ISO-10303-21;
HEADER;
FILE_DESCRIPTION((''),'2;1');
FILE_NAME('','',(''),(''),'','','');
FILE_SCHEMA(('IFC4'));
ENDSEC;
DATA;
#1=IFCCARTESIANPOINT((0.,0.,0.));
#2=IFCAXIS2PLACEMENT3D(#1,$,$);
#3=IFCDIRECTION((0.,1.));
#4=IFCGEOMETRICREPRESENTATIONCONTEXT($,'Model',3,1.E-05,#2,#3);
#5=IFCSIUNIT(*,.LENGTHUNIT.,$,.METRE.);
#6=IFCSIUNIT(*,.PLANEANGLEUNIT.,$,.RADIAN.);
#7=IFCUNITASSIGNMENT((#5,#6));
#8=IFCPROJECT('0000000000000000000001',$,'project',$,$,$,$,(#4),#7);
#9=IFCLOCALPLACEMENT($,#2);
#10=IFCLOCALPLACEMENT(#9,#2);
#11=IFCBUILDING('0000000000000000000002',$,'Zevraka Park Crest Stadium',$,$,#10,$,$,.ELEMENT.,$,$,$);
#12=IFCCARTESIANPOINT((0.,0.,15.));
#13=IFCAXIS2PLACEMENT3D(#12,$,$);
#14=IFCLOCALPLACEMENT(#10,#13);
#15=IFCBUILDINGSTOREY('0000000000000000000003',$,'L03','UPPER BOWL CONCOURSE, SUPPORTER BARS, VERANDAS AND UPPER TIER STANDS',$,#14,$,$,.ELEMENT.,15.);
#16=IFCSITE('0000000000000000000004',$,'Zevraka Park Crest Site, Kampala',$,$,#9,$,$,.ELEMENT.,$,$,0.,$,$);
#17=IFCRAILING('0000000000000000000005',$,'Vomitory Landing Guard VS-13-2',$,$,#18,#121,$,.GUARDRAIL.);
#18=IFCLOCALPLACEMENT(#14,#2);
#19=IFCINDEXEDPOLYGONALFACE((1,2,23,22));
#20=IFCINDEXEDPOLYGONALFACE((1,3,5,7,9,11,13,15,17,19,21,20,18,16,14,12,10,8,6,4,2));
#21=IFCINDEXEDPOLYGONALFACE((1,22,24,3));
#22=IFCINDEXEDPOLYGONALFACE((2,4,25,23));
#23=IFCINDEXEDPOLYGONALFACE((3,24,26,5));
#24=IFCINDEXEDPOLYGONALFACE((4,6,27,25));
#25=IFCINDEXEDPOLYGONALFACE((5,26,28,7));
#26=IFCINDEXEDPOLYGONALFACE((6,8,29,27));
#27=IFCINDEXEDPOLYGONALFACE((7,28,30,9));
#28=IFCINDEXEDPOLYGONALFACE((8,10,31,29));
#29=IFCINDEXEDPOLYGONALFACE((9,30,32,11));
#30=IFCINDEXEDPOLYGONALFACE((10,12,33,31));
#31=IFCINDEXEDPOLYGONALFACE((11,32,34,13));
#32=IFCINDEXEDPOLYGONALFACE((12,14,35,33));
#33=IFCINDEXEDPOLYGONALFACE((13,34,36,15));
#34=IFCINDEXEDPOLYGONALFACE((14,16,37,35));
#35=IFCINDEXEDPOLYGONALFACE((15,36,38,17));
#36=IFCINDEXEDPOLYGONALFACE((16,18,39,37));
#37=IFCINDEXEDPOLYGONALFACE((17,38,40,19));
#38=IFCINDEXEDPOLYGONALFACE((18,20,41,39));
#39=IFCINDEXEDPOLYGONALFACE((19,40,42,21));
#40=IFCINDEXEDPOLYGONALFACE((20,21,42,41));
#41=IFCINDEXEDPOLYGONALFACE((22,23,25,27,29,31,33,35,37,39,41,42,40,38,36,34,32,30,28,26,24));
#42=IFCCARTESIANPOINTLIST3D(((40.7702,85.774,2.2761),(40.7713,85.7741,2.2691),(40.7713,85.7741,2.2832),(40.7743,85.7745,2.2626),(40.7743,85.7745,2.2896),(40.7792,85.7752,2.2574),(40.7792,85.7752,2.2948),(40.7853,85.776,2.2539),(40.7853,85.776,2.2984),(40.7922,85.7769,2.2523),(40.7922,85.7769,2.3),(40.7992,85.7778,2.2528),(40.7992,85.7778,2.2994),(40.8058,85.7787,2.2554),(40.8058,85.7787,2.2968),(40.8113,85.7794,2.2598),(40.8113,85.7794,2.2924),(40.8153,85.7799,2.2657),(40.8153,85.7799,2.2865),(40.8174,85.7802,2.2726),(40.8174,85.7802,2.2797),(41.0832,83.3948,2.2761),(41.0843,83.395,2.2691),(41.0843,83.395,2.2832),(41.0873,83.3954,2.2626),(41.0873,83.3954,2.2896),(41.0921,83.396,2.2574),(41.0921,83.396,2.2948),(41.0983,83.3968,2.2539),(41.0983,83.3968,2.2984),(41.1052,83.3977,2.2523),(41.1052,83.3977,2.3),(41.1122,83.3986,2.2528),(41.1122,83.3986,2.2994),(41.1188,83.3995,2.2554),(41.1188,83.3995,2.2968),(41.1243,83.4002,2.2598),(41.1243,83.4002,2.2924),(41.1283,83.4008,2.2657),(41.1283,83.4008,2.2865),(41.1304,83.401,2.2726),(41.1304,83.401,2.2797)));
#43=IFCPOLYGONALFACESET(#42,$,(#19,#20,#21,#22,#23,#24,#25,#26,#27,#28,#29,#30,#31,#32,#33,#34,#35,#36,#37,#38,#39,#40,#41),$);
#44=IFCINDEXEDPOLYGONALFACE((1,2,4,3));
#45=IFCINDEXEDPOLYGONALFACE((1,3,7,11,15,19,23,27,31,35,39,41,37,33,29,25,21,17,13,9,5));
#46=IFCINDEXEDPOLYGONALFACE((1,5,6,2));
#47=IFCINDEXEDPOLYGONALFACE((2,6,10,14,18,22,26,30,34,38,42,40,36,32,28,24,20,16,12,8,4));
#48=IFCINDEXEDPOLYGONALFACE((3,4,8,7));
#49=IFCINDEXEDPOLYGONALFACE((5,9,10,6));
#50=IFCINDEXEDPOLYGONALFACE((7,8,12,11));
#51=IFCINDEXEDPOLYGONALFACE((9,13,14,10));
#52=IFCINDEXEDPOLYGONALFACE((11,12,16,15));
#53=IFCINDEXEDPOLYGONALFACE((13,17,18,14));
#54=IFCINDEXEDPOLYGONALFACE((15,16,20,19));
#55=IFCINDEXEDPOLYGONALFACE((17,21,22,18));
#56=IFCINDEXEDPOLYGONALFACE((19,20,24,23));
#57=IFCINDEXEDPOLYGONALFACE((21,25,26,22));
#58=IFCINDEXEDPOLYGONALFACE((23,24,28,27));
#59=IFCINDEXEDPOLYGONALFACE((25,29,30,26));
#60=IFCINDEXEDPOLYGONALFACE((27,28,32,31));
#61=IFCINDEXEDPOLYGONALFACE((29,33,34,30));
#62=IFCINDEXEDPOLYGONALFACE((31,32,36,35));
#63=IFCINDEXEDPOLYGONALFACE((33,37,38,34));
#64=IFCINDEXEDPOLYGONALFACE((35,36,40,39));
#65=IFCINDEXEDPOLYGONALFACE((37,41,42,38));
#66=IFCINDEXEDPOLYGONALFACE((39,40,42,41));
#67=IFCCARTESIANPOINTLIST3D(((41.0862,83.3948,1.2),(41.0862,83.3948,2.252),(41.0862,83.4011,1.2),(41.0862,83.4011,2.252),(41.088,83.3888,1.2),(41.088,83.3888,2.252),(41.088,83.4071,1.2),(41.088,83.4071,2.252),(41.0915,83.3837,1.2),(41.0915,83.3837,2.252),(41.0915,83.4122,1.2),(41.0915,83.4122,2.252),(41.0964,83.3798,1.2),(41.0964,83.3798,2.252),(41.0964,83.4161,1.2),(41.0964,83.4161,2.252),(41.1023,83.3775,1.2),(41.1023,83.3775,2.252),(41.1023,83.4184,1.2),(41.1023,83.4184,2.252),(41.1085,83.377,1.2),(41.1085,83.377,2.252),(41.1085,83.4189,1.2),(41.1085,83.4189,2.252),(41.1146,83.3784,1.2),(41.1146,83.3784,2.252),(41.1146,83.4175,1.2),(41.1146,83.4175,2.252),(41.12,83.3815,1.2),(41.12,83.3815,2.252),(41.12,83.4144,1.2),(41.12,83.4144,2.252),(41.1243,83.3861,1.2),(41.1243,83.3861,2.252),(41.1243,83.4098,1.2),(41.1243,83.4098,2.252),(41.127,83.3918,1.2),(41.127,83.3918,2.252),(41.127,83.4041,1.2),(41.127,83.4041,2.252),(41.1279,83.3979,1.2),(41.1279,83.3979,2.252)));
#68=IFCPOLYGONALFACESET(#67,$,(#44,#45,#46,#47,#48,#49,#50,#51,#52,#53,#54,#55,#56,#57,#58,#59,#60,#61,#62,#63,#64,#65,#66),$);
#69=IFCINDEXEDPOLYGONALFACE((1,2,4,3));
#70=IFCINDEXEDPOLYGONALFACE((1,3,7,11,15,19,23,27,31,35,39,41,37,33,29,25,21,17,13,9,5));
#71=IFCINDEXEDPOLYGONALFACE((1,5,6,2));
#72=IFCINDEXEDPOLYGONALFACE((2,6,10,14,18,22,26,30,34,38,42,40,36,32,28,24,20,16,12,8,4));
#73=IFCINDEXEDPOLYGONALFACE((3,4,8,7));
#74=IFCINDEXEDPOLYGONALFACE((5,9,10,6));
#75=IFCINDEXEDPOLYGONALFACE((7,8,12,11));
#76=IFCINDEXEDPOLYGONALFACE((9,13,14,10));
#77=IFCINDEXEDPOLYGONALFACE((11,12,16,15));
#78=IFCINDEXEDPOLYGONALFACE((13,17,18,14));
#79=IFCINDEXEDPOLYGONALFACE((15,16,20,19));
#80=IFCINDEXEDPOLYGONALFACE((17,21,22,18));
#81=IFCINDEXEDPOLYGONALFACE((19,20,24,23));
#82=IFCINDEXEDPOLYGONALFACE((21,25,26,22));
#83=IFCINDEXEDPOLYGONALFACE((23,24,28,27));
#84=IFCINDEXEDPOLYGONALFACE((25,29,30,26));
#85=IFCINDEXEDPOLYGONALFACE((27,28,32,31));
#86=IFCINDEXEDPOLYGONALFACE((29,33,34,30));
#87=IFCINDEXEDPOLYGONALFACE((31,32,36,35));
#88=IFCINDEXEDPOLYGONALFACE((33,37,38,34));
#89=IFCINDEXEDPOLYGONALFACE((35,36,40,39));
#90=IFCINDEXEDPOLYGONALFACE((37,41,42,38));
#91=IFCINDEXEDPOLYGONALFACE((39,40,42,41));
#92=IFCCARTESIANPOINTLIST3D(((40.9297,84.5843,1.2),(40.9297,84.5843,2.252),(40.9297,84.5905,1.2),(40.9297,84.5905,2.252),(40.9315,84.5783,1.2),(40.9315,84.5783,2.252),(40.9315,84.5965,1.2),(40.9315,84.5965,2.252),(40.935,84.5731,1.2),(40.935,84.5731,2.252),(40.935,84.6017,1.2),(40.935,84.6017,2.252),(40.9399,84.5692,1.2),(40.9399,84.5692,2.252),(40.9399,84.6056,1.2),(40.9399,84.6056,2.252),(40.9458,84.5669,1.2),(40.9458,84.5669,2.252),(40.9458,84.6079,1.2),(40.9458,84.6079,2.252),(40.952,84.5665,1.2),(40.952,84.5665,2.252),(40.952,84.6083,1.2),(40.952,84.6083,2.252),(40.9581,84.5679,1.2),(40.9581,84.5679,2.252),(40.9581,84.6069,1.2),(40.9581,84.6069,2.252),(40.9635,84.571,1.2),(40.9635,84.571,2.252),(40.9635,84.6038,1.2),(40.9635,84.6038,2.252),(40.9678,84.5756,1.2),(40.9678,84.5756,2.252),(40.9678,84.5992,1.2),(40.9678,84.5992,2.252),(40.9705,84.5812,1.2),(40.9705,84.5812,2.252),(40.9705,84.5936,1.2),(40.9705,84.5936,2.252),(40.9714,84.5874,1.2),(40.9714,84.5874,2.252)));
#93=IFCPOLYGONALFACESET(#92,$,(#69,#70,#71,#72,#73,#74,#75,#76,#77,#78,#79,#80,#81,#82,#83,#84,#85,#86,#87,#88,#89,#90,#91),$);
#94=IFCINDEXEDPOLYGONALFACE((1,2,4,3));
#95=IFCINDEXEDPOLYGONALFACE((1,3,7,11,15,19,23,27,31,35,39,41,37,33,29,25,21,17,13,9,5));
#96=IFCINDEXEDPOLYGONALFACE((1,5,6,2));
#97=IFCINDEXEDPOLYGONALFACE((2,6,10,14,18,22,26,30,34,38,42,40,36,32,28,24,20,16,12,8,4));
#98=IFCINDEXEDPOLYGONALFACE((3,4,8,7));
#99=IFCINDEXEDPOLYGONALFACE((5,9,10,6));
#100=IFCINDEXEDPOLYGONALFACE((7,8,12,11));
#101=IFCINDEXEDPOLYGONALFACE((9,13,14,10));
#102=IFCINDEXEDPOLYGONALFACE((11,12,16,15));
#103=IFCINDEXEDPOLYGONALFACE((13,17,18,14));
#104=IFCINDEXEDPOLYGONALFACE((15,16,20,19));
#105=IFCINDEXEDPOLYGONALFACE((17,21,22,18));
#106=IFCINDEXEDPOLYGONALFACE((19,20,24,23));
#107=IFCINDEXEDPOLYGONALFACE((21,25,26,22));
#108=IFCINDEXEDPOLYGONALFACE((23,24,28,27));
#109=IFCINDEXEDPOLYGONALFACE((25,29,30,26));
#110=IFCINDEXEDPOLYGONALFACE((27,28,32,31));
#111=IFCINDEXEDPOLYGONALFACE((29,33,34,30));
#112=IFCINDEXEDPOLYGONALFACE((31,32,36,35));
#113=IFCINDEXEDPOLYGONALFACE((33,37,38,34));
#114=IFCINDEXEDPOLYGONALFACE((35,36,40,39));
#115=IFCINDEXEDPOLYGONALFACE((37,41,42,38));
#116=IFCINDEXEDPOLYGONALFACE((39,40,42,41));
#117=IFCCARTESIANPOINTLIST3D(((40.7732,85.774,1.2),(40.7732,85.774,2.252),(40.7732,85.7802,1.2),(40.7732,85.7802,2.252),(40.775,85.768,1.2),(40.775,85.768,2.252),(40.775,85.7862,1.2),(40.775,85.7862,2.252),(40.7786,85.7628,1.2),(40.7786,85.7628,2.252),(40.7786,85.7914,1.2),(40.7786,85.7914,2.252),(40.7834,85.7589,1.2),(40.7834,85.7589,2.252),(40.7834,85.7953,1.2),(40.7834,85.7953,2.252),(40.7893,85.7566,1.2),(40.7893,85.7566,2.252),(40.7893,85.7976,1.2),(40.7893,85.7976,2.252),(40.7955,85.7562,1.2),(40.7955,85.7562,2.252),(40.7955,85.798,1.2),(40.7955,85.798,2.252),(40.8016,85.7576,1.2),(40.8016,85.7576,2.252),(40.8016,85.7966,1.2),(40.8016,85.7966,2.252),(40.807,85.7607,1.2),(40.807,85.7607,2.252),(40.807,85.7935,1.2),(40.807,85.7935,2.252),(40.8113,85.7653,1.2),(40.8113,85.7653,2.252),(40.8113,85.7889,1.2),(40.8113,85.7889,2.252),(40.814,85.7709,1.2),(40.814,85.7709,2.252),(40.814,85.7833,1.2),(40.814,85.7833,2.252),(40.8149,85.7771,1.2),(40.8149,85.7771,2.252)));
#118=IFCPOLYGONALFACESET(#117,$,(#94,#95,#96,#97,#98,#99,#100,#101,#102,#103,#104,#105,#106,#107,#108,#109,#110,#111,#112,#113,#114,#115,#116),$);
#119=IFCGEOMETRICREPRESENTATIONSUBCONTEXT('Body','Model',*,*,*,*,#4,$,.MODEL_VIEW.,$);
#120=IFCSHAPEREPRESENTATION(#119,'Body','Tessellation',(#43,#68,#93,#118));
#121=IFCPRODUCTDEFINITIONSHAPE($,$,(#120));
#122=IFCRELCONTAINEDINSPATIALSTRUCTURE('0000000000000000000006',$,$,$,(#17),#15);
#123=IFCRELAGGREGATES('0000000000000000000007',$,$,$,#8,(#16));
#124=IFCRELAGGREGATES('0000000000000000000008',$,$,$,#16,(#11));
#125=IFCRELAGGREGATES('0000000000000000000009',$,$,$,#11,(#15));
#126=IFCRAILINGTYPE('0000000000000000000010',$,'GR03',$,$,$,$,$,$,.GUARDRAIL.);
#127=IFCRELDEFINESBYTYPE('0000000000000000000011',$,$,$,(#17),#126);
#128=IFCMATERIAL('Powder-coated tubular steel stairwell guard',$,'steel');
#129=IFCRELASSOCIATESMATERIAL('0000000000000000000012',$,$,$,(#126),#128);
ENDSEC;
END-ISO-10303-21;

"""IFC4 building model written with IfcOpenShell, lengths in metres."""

from ifc_helpers import new_model, si_unit, direction, frame, origin, origin_2d, place, context, subcontext, project, spatial, circle, extrude, material, type_object, element, save


model = new_model("IFC4")

# Units and contexts
model_context = context("Model", 3, precision=1e-05, world=origin(), true_north=direction((0.0, 1.0)))
body_context = subcontext(model_context, "Body", "Model", "MODEL_VIEW")
ifc_project = project(units=[si_unit("LENGTHUNIT", "METRE"), si_unit("PLANEANGLEUNIT", "RADIAN")], contexts=[model_context])

# Site, building, storey
site_placement = place(None, origin())
site = spatial("IfcSite", under=ifc_project, at=site_placement, Name="Zevraka Park Crest Site, Kampala", CompositionType="ELEMENT", RefElevation=0.0)
building_placement = place(site_placement, origin())
building = spatial("IfcBuilding", under=site, at=building_placement, Name="Zevraka Park Crest Stadium", CompositionType="ELEMENT")
storey_placement = place(building_placement, frame((0.0, 0.0, 15.0)))
storey = spatial("IfcBuildingStorey", under=building, at=storey_placement, Name="L03", Description="UPPER BOWL CONCOURSE, SUPPORTER BARS, VERANDAS AND UPPER TIER STANDS", CompositionType="ELEMENT", Elevation=15.0)

# Railing
ifc_material_1 = material(Name="Powder-coated tubular steel stairwell guard", Category="steel")
railing_type_1 = type_object("IfcRailingType", Name="GR03", PredefinedType="GUARDRAIL", material=ifc_material_1)
railing_1_placement = place(storey_placement, frame((41.1069, 83.3979, 1.2)))
element("IfcRailing", 1, at=railing_1_placement, inside=storey, type_object=railing_type_1, Name="Vomitory Landing Guard VS-13-2", PredefinedType="GUARDRAIL", context=body_context, shape_type="SweptSolid", body=[
    extrude(circle(Radius=0.0239, at=origin_2d()), frame((0.0, 0.0, 1.0762), z_axis=(-0.130431, 0.991457, 0.0), x_axis=(-0.991457, -0.130431, 0.0)), (0.0, 0.0, 1.0), 2.3997),
    extrude(circle(Radius=0.021, at=origin_2d()), origin(), (0.0, 0.0, 1.0), 1.052),
    extrude(circle(Radius=0.021, at=origin_2d()), frame((-0.1565, 1.1895, 0.0)), (0.0, 0.0, 1.0), 1.052),
    extrude(circle(Radius=0.021, at=origin_2d()), frame((-0.313, 2.3792, 0.0)), (0.0, 0.0, 1.0), 1.052),
])

save(model, "model.ifc")
